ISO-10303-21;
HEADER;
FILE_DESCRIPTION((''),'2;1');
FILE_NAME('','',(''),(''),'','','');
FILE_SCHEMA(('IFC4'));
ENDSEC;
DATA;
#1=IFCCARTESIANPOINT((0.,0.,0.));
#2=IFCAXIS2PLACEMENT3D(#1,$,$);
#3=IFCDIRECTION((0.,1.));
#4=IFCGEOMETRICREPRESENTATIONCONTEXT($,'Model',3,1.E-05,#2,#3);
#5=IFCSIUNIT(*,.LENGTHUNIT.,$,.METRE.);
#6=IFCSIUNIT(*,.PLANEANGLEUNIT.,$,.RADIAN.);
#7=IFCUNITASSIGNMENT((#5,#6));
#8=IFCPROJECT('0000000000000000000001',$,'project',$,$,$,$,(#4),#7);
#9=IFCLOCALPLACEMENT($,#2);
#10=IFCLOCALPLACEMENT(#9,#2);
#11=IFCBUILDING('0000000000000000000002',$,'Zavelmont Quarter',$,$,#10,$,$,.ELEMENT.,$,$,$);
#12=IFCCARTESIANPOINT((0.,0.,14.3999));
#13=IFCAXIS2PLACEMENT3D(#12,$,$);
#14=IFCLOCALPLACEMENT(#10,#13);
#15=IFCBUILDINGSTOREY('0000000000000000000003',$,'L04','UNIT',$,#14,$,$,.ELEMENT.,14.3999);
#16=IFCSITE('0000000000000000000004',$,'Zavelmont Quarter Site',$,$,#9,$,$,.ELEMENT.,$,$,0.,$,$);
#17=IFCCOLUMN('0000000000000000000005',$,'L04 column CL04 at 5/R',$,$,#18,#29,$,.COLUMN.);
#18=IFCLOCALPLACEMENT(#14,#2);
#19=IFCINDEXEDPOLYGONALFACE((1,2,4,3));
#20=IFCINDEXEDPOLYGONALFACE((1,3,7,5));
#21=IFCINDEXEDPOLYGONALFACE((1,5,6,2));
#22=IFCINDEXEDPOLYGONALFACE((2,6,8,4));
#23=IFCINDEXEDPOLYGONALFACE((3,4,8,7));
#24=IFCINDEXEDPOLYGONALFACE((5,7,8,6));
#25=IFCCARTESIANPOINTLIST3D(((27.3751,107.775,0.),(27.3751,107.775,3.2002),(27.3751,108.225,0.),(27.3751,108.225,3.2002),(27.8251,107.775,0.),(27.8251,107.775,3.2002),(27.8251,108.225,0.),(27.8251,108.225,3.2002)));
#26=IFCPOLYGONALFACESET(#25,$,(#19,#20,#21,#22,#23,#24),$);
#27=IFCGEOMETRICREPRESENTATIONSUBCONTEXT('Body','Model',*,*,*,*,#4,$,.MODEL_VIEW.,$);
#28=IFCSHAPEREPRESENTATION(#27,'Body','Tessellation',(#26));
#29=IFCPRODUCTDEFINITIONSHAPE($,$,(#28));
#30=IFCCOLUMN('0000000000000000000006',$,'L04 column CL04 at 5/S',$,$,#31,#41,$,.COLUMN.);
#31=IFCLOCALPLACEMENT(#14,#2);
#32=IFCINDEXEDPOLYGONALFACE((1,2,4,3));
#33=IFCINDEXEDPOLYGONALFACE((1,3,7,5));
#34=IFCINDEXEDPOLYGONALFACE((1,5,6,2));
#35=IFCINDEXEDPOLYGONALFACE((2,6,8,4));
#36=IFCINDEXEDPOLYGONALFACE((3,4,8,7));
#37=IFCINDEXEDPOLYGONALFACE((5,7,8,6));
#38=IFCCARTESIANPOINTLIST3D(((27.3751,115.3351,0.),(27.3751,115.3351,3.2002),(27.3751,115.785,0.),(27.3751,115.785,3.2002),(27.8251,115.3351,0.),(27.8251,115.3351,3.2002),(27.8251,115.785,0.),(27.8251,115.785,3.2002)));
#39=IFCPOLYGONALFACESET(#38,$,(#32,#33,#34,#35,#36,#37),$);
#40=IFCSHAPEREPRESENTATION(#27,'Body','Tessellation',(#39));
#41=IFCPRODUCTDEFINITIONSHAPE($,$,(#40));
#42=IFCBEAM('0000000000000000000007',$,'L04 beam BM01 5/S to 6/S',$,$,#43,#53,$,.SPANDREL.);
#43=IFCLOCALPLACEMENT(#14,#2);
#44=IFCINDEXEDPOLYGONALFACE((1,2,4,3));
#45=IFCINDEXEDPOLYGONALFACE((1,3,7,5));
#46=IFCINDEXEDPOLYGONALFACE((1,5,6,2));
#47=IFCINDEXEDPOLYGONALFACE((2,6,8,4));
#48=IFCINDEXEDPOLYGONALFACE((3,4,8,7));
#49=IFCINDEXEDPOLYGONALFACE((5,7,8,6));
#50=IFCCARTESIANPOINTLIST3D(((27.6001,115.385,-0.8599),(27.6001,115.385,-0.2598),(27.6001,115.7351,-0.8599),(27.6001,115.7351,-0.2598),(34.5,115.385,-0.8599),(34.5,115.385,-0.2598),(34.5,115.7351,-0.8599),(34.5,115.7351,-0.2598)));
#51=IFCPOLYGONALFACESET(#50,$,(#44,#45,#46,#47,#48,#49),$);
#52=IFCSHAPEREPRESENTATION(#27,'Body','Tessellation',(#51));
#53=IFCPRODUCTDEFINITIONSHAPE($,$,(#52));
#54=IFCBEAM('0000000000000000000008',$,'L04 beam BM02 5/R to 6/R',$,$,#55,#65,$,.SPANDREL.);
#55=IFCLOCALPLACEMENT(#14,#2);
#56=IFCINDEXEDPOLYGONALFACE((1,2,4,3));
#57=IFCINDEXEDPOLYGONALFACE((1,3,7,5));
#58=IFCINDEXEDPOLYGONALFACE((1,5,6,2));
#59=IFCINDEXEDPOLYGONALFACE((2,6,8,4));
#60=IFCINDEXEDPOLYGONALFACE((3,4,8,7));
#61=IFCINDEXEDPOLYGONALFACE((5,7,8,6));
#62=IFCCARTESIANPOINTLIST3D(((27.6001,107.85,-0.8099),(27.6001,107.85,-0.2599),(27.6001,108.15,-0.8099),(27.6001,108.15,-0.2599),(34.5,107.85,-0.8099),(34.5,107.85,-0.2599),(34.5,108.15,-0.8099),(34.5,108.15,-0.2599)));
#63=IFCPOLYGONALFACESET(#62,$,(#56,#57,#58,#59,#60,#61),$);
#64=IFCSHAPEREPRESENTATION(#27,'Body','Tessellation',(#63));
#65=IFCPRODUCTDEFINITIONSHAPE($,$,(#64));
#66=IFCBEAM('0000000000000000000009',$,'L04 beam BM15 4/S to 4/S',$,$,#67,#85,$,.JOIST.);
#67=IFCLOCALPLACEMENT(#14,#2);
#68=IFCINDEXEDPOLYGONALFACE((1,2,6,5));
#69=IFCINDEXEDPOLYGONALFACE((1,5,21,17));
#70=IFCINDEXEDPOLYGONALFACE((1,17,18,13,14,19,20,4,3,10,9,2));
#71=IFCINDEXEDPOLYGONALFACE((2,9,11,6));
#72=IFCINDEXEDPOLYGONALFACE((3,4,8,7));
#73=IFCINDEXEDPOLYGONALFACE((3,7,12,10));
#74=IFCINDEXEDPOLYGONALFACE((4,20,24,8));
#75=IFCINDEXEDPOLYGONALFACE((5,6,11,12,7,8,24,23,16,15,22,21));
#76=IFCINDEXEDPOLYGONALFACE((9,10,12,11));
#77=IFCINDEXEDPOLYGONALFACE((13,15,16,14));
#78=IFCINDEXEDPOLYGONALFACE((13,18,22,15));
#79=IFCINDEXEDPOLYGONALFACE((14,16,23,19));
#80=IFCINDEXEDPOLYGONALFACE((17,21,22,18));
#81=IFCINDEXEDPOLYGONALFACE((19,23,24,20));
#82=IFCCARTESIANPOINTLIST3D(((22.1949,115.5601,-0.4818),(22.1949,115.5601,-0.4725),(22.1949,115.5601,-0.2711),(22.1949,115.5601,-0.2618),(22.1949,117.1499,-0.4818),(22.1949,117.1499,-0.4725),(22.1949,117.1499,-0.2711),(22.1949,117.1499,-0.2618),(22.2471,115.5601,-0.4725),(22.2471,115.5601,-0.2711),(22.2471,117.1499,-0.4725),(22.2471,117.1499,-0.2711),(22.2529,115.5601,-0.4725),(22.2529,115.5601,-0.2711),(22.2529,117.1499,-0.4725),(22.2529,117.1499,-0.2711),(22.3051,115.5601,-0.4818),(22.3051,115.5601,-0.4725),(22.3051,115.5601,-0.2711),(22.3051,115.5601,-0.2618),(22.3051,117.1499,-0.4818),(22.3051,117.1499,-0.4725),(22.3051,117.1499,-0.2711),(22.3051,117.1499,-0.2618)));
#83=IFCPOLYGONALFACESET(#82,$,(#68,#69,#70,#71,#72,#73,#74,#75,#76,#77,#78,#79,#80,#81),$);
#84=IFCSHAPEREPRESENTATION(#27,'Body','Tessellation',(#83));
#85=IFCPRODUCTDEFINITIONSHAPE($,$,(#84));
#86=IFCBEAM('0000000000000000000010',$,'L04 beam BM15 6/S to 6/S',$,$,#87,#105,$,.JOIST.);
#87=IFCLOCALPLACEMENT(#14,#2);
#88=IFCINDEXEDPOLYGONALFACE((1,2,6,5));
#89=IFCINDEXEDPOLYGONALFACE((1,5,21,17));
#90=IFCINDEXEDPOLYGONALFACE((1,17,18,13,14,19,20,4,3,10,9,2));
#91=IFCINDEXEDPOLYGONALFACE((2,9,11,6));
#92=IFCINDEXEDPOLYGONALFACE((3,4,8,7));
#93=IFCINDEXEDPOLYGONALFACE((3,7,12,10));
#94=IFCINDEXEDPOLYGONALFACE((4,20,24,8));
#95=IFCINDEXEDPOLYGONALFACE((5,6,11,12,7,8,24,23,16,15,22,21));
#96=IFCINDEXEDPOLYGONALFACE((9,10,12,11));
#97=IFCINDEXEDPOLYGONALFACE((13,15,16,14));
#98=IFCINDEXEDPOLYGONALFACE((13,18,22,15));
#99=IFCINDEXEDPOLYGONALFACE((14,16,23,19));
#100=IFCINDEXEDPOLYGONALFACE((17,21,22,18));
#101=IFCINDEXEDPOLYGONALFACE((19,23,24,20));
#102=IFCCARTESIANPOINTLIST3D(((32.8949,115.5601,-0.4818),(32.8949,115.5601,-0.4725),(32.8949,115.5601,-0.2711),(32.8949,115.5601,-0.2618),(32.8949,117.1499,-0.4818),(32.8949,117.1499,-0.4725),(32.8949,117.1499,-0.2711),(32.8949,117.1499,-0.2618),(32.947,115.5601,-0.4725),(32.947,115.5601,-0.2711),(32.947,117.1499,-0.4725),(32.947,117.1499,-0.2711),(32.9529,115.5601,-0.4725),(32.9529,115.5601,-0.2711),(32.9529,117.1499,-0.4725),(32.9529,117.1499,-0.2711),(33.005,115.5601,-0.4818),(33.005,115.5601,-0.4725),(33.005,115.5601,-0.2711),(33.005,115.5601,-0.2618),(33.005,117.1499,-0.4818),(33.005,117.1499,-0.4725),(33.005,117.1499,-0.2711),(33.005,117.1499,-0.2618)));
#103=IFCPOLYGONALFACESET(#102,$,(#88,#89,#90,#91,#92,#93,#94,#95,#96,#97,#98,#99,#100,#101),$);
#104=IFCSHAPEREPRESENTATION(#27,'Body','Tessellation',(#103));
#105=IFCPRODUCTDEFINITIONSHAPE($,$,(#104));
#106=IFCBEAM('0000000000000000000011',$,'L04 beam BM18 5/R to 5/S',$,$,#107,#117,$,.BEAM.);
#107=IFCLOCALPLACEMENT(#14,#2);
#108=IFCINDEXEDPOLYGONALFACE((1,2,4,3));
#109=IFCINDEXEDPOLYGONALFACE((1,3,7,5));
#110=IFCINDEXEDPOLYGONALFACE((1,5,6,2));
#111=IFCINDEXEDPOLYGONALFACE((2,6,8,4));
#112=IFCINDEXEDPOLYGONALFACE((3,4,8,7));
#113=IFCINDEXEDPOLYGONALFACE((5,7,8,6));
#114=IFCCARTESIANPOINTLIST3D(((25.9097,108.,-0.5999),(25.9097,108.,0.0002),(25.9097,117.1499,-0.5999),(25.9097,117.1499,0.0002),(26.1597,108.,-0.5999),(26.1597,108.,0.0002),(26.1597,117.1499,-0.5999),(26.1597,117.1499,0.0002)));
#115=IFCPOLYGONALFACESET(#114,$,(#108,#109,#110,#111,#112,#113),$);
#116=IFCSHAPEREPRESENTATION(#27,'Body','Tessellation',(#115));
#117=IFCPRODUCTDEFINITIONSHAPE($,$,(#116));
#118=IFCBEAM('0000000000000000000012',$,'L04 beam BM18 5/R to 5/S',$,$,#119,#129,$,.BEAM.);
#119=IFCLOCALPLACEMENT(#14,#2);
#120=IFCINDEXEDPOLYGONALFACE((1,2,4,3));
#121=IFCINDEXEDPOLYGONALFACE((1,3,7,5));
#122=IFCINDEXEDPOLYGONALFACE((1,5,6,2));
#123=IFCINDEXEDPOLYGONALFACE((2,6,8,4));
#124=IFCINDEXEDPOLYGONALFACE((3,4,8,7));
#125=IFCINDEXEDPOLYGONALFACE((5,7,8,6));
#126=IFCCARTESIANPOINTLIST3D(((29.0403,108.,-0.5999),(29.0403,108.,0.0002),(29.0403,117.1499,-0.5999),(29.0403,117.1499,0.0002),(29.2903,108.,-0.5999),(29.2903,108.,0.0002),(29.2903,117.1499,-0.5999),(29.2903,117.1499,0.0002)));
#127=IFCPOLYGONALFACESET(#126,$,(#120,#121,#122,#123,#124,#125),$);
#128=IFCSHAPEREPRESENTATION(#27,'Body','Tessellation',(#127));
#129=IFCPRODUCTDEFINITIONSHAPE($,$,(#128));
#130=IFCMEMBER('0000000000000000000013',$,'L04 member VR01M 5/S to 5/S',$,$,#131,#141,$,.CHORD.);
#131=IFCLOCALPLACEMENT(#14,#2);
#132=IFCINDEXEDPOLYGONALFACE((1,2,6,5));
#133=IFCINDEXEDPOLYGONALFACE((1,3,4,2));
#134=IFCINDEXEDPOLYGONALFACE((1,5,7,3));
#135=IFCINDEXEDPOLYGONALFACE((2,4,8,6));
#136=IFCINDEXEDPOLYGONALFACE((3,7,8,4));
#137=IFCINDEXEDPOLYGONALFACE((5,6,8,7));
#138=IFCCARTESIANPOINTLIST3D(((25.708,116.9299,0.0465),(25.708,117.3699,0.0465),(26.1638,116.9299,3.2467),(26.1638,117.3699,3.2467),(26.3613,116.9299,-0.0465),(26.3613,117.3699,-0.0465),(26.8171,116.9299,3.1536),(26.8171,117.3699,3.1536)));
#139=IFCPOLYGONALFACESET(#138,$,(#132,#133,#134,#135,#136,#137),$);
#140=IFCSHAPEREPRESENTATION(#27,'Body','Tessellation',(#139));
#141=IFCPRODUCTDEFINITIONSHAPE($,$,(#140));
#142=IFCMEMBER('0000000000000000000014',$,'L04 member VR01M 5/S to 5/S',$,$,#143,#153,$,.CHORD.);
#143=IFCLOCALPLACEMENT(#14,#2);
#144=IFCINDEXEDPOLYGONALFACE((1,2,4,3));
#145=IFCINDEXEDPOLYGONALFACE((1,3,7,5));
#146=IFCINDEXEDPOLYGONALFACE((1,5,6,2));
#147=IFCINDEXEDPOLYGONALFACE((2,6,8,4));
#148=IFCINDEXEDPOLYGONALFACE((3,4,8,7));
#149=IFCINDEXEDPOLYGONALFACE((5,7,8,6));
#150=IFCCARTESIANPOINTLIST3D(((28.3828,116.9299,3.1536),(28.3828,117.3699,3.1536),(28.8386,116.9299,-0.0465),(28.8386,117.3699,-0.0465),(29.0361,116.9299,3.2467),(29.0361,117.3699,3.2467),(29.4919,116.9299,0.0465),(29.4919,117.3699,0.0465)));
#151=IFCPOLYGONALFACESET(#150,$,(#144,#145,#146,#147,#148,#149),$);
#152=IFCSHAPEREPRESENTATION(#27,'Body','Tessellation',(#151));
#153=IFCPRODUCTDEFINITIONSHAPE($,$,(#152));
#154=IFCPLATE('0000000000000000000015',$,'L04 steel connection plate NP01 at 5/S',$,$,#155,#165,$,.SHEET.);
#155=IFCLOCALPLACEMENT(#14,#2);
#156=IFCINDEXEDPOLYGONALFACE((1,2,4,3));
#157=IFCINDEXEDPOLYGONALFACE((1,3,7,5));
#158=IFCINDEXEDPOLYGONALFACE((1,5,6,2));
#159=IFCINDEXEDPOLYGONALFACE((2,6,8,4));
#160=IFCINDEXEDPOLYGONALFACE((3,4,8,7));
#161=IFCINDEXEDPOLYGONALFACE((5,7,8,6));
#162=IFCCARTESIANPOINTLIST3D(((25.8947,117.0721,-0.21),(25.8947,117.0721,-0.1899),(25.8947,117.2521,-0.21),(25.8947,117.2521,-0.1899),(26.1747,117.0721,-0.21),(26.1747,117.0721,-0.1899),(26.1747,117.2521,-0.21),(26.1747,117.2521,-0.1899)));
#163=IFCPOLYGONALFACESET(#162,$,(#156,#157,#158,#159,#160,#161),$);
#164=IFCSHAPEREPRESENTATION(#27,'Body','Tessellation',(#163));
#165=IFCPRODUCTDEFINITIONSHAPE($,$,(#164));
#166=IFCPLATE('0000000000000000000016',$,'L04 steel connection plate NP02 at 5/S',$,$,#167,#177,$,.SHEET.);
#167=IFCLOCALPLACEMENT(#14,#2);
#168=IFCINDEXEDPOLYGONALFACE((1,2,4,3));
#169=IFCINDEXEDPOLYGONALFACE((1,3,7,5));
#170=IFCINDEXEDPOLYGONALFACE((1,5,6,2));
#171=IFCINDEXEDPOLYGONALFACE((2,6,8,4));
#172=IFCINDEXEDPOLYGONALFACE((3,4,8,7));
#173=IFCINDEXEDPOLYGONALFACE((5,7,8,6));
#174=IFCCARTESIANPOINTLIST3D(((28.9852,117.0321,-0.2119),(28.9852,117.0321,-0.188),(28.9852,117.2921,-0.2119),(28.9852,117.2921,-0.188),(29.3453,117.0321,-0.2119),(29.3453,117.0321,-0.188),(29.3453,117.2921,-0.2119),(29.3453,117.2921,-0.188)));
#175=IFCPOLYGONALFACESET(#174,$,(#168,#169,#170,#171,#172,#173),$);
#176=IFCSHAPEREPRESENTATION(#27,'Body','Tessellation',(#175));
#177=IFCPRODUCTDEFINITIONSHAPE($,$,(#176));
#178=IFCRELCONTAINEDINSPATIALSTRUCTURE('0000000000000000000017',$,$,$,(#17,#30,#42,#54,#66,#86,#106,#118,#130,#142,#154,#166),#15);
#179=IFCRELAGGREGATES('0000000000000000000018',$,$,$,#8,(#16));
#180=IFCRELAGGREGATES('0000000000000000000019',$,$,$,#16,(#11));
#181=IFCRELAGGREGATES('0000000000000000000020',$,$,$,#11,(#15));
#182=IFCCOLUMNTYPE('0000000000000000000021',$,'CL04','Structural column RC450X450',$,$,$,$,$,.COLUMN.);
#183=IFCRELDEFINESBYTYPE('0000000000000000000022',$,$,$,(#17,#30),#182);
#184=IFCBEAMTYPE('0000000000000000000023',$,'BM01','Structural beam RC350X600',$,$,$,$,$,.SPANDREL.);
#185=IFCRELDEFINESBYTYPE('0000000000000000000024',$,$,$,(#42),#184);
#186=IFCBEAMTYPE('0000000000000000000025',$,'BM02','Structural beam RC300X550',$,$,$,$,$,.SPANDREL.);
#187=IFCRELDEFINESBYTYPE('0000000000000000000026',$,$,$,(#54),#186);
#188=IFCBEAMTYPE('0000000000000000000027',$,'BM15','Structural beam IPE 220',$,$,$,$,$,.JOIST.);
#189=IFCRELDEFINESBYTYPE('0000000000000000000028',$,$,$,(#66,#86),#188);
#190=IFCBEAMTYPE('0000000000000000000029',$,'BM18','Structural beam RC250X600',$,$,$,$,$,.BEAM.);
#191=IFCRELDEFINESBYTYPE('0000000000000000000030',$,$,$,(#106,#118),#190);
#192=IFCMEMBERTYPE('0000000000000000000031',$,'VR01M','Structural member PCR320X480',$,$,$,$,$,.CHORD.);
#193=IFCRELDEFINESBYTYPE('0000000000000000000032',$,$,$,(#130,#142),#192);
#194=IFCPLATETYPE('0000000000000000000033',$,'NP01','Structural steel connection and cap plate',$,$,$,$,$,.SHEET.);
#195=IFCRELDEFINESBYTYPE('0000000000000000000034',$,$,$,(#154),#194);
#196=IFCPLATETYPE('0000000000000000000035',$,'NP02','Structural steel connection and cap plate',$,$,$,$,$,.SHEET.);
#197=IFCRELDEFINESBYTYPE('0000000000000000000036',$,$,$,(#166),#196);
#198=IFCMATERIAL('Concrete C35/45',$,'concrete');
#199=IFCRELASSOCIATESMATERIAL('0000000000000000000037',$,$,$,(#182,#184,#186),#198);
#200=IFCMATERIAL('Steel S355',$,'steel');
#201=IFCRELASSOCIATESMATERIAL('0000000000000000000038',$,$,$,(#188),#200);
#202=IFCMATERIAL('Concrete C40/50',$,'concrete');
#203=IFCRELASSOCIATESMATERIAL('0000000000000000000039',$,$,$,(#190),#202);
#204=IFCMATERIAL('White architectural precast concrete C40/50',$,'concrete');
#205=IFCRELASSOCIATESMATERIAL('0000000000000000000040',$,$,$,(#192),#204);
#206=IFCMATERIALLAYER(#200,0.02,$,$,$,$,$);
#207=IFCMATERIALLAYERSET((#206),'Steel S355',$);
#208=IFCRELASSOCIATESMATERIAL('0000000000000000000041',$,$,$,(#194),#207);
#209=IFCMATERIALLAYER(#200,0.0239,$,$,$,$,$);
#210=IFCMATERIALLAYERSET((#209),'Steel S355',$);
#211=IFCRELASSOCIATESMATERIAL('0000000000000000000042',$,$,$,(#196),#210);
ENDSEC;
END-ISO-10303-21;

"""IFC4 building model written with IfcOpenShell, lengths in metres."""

from ifc_helpers import new_model, si_unit, direction, frame, origin, origin_2d, place, context, subcontext, project, spatial, rectangle, i_section, extrude, material, layer, layer_set, material_profile, profile_set, type_object, element, save


model = new_model("IFC4")

# Units and contexts
model_context = context("Model", 3, precision=1e-05, world=origin(), true_north=direction((0.0, 1.0)))
body_context = subcontext(model_context, "Body", "Model", "MODEL_VIEW")
ifc_project = project(units=[si_unit("LENGTHUNIT", "METRE"), si_unit("PLANEANGLEUNIT", "RADIAN")], contexts=[model_context])

# Site, building, storey
site_placement = place(None, origin())
site = spatial("IfcSite", under=ifc_project, at=site_placement, Name="Zavelmont Quarter Site", CompositionType="ELEMENT", RefElevation=0.0)
building_placement = place(site_placement, origin())
building = spatial("IfcBuilding", under=site, at=building_placement, Name="Zavelmont Quarter", CompositionType="ELEMENT")
storey_placement = place(building_placement, frame((0.0, 0.0, 14.3999)))
storey = spatial("IfcBuildingStorey", under=building, at=storey_placement, Name="L04", Description="UNIT", CompositionType="ELEMENT", Elevation=14.3999)

# Columns
ifc_material_1 = material(Name="Concrete C35/45", Category="concrete")
ifc_material_profile_1 = material_profile(ifc_material_1, rectangle(XDim=0.45, YDim=0.45, at=origin_2d()), Name="RC450X450")
ifc_profile_set_1 = profile_set([ifc_material_profile_1], Name="Concrete C35/45")
column_type = type_object("IfcColumnType", Name="CL04", Description="Structural column RC450X450", PredefinedType="COLUMN", material=ifc_profile_set_1)
for number, where, z_axis, x_axis, name in (
    (1, (27.6001, 108.0, 0.0), (0.0, 0.0, 1.0), (1.0, 0.0, 0.0), "L04 column CL04 at 5/R"),
    (2, (27.6001, 115.5601, 0.0), (0.0, 0.0, 1.0), (1.0, 0.0, 0.0), "L04 column CL04 at 5/S"),
):
    element("IfcColumn", number, at=place(storey_placement, frame(where, z_axis=z_axis, x_axis=x_axis)), inside=storey, type_object=column_type, Name=name, PredefinedType="COLUMN", context=body_context, shape_type="SweptSolid", body=[
        extrude(rectangle(XDim=0.45, YDim=0.45, at=origin_2d()), origin(), (0.0, 0.0, 1.0), 3.2002),
    ])

# Beams
ifc_material_profile_2 = material_profile(ifc_material_1, rectangle(XDim=0.3501, YDim=0.6001, at=origin_2d()), Name="RC350X600")
ifc_profile_set_2 = profile_set([ifc_material_profile_2], Name="Concrete C35/45")
beam_type_1 = type_object("IfcBeamType", Name="BM01", Description="Structural beam RC350X600", PredefinedType="SPANDREL", material=ifc_profile_set_2)
beam_1_placement = place(storey_placement, frame((27.6001, 115.5601, -0.5598), z_axis=(1.0, 0.0, 0.0), x_axis=(0.0, 1.0, 0.0)))
element("IfcBeam", 3, at=beam_1_placement, inside=storey, type_object=beam_type_1, Name="L04 beam BM01 5/S to 6/S", PredefinedType="SPANDREL", context=body_context, shape_type="SweptSolid", body=[
    extrude(rectangle(XDim=0.3501, YDim=0.6001, at=origin_2d()), origin(), (0.0, 0.0, 1.0), 6.8999),
])
ifc_material_profile_3 = material_profile(ifc_material_1, rectangle(XDim=0.3, YDim=0.55, at=origin_2d()), Name="RC300X550")
ifc_profile_set_3 = profile_set([ifc_material_profile_3], Name="Concrete C35/45")
beam_type_2 = type_object("IfcBeamType", Name="BM02", Description="Structural beam RC300X550", PredefinedType="SPANDREL", material=ifc_profile_set_3)
beam_2_placement = place(storey_placement, frame((27.6001, 108.0, -0.5349), z_axis=(1.0, 0.0, 0.0), x_axis=(0.0, 1.0, 0.0)))
element("IfcBeam", 4, at=beam_2_placement, inside=storey, type_object=beam_type_2, Name="L04 beam BM02 5/R to 6/R", PredefinedType="SPANDREL", context=body_context, shape_type="SweptSolid", body=[
    extrude(rectangle(XDim=0.3, YDim=0.55, at=origin_2d()), origin(), (0.0, 0.0, 1.0), 6.8999),
])
ifc_material_2 = material(Name="Steel S355", Category="steel")
ifc_material_profile_4 = material_profile(ifc_material_2, i_section(OverallWidth=0.1101, OverallDepth=0.22, WebThickness=0.0059, FlangeThickness=0.0093, at=origin_2d()), Name="IPE 220")
ifc_profile_set_4 = profile_set([ifc_material_profile_4], Name="Steel S355")
beam_type_3 = type_object("IfcBeamType", Name="BM15", Description="Structural beam IPE 220", PredefinedType="JOIST", material=ifc_profile_set_4)
for number, where, z_axis, x_axis, name in (
    (5, (22.25, 115.5601, -0.3718), (0.0, 1.0, 0.0), (-1.0, 0.0, 0.0), "L04 beam BM15 4/S to 4/S"),
    (6, (32.95, 115.5601, -0.3718), (0.0, 1.0, 0.0), (-1.0, 0.0, 0.0), "L04 beam BM15 6/S to 6/S"),
):
    element("IfcBeam", number, at=place(storey_placement, frame(where, z_axis=z_axis, x_axis=x_axis)), inside=storey, type_object=beam_type_3, Name=name, PredefinedType="JOIST", context=body_context, shape_type="SweptSolid", body=[
        extrude(i_section(OverallWidth=0.1101, OverallDepth=0.22, WebThickness=0.0059, FlangeThickness=0.0093, at=origin_2d()), origin(), (0.0, 0.0, 1.0), 1.5898),
    ])
ifc_material_3 = material(Name="Concrete C40/50", Category="concrete")
ifc_material_profile_5 = material_profile(ifc_material_3, rectangle(XDim=0.25, YDim=0.6001, at=origin_2d()), Name="RC250X600")
ifc_profile_set_5 = profile_set([ifc_material_profile_5], Name="Concrete C40/50")
beam_type_4 = type_object("IfcBeamType", Name="BM18", Description="Structural beam RC250X600", PredefinedType="BEAM", material=ifc_profile_set_5)
for number, where, z_axis, x_axis, name in (
    (7, (26.0347, 108.0, -0.2998), (0.0, 1.0, 0.0), (-1.0, 0.0, 0.0), "L04 beam BM18 5/R to 5/S"),
    (8, (29.1653, 108.0, -0.2998), (0.0, 1.0, 0.0), (-1.0, 0.0, 0.0), "L04 beam BM18 5/R to 5/S"),
):
    element("IfcBeam", number, at=place(storey_placement, frame(where, z_axis=z_axis, x_axis=x_axis)), inside=storey, type_object=beam_type_4, Name=name, PredefinedType="BEAM", context=body_context, shape_type="SweptSolid", body=[
        extrude(rectangle(XDim=0.25, YDim=0.6001, at=origin_2d()), origin(), (0.0, 0.0, 1.0), 9.1499),
    ])

# Members
ifc_material_4 = material(Name="White architectural precast concrete C40/50", Category="concrete")
ifc_material_profile_6 = material_profile(ifc_material_4, rectangle(XDim=0.4399, YDim=0.6599, at=origin_2d()), Name="PCR320X480")
ifc_profile_set_6 = profile_set([ifc_material_profile_6], Name="White architectural precast concrete C40/50")
member_type = type_object("IfcMemberType", Name="VR01M", Description="Structural member PCR320X480", PredefinedType="CHORD", material=ifc_profile_set_6)
for number, where, z_axis, x_axis, name in (
    (9, (26.0347, 117.1499, 0.0), (0.141009, 0.0, 0.990008), (0.0, 1.0, 0.0), "L04 member VR01M 5/S to 5/S"),
    (10, (29.1653, 117.1499, 0.0), (-0.141009, 0.0, 0.990008), (0.0, -1.0, 0.0), "L04 member VR01M 5/S to 5/S"),
):
    element("IfcMember", number, at=place(storey_placement, frame(where, z_axis=z_axis, x_axis=x_axis)), inside=storey, type_object=member_type, Name=name, PredefinedType="CHORD", context=body_context, shape_type="SweptSolid", body=[
        extrude(rectangle(XDim=0.4399, YDim=0.6599, at=origin_2d()), origin(), (0.0, 0.0, 1.0), 3.2324),
    ])

# Plates
ifc_layer_1 = layer(ifc_material_2, 0.02)
ifc_layer_set_1 = layer_set([ifc_layer_1], Name="Steel S355")
plate_type_1 = type_object("IfcPlateType", Name="NP01", Description="Structural steel connection and cap plate", PredefinedType="SHEET", material=ifc_layer_set_1)
plate_1_placement = place(storey_placement, frame((26.0347, 117.1621, -0.21), z_axis=(0.0, 0.0, 1.0), x_axis=(1.0, 0.0, 0.0)))
element("IfcPlate", 11, at=plate_1_placement, inside=storey, type_object=plate_type_1, Name="L04 steel connection plate NP01 at 5/S", PredefinedType="SHEET", context=body_context, shape_type="SweptSolid", body=[
    extrude(rectangle(XDim=0.28, YDim=0.1799, at=origin_2d()), origin(), (0.0, 0.0, 1.0), 0.02),
])
ifc_layer_2 = layer(ifc_material_2, 0.0239)
ifc_layer_set_2 = layer_set([ifc_layer_2], Name="Steel S355")
plate_type_2 = type_object("IfcPlateType", Name="NP02", Description="Structural steel connection and cap plate", PredefinedType="SHEET", material=ifc_layer_set_2)
plate_2_placement = place(storey_placement, frame((29.1653, 117.1621, -0.2119), z_axis=(0.0, 0.0, 1.0), x_axis=(1.0, 0.0, 0.0)))
element("IfcPlate", 12, at=plate_2_placement, inside=storey, type_object=plate_type_2, Name="L04 steel connection plate NP02 at 5/S", PredefinedType="SHEET", context=body_context, shape_type="SweptSolid", body=[
    extrude(rectangle(XDim=0.3601, YDim=0.26, at=origin_2d()), origin(), (0.0, 0.0, 1.0), 0.0239),
])

save(model, "model.ifc")
